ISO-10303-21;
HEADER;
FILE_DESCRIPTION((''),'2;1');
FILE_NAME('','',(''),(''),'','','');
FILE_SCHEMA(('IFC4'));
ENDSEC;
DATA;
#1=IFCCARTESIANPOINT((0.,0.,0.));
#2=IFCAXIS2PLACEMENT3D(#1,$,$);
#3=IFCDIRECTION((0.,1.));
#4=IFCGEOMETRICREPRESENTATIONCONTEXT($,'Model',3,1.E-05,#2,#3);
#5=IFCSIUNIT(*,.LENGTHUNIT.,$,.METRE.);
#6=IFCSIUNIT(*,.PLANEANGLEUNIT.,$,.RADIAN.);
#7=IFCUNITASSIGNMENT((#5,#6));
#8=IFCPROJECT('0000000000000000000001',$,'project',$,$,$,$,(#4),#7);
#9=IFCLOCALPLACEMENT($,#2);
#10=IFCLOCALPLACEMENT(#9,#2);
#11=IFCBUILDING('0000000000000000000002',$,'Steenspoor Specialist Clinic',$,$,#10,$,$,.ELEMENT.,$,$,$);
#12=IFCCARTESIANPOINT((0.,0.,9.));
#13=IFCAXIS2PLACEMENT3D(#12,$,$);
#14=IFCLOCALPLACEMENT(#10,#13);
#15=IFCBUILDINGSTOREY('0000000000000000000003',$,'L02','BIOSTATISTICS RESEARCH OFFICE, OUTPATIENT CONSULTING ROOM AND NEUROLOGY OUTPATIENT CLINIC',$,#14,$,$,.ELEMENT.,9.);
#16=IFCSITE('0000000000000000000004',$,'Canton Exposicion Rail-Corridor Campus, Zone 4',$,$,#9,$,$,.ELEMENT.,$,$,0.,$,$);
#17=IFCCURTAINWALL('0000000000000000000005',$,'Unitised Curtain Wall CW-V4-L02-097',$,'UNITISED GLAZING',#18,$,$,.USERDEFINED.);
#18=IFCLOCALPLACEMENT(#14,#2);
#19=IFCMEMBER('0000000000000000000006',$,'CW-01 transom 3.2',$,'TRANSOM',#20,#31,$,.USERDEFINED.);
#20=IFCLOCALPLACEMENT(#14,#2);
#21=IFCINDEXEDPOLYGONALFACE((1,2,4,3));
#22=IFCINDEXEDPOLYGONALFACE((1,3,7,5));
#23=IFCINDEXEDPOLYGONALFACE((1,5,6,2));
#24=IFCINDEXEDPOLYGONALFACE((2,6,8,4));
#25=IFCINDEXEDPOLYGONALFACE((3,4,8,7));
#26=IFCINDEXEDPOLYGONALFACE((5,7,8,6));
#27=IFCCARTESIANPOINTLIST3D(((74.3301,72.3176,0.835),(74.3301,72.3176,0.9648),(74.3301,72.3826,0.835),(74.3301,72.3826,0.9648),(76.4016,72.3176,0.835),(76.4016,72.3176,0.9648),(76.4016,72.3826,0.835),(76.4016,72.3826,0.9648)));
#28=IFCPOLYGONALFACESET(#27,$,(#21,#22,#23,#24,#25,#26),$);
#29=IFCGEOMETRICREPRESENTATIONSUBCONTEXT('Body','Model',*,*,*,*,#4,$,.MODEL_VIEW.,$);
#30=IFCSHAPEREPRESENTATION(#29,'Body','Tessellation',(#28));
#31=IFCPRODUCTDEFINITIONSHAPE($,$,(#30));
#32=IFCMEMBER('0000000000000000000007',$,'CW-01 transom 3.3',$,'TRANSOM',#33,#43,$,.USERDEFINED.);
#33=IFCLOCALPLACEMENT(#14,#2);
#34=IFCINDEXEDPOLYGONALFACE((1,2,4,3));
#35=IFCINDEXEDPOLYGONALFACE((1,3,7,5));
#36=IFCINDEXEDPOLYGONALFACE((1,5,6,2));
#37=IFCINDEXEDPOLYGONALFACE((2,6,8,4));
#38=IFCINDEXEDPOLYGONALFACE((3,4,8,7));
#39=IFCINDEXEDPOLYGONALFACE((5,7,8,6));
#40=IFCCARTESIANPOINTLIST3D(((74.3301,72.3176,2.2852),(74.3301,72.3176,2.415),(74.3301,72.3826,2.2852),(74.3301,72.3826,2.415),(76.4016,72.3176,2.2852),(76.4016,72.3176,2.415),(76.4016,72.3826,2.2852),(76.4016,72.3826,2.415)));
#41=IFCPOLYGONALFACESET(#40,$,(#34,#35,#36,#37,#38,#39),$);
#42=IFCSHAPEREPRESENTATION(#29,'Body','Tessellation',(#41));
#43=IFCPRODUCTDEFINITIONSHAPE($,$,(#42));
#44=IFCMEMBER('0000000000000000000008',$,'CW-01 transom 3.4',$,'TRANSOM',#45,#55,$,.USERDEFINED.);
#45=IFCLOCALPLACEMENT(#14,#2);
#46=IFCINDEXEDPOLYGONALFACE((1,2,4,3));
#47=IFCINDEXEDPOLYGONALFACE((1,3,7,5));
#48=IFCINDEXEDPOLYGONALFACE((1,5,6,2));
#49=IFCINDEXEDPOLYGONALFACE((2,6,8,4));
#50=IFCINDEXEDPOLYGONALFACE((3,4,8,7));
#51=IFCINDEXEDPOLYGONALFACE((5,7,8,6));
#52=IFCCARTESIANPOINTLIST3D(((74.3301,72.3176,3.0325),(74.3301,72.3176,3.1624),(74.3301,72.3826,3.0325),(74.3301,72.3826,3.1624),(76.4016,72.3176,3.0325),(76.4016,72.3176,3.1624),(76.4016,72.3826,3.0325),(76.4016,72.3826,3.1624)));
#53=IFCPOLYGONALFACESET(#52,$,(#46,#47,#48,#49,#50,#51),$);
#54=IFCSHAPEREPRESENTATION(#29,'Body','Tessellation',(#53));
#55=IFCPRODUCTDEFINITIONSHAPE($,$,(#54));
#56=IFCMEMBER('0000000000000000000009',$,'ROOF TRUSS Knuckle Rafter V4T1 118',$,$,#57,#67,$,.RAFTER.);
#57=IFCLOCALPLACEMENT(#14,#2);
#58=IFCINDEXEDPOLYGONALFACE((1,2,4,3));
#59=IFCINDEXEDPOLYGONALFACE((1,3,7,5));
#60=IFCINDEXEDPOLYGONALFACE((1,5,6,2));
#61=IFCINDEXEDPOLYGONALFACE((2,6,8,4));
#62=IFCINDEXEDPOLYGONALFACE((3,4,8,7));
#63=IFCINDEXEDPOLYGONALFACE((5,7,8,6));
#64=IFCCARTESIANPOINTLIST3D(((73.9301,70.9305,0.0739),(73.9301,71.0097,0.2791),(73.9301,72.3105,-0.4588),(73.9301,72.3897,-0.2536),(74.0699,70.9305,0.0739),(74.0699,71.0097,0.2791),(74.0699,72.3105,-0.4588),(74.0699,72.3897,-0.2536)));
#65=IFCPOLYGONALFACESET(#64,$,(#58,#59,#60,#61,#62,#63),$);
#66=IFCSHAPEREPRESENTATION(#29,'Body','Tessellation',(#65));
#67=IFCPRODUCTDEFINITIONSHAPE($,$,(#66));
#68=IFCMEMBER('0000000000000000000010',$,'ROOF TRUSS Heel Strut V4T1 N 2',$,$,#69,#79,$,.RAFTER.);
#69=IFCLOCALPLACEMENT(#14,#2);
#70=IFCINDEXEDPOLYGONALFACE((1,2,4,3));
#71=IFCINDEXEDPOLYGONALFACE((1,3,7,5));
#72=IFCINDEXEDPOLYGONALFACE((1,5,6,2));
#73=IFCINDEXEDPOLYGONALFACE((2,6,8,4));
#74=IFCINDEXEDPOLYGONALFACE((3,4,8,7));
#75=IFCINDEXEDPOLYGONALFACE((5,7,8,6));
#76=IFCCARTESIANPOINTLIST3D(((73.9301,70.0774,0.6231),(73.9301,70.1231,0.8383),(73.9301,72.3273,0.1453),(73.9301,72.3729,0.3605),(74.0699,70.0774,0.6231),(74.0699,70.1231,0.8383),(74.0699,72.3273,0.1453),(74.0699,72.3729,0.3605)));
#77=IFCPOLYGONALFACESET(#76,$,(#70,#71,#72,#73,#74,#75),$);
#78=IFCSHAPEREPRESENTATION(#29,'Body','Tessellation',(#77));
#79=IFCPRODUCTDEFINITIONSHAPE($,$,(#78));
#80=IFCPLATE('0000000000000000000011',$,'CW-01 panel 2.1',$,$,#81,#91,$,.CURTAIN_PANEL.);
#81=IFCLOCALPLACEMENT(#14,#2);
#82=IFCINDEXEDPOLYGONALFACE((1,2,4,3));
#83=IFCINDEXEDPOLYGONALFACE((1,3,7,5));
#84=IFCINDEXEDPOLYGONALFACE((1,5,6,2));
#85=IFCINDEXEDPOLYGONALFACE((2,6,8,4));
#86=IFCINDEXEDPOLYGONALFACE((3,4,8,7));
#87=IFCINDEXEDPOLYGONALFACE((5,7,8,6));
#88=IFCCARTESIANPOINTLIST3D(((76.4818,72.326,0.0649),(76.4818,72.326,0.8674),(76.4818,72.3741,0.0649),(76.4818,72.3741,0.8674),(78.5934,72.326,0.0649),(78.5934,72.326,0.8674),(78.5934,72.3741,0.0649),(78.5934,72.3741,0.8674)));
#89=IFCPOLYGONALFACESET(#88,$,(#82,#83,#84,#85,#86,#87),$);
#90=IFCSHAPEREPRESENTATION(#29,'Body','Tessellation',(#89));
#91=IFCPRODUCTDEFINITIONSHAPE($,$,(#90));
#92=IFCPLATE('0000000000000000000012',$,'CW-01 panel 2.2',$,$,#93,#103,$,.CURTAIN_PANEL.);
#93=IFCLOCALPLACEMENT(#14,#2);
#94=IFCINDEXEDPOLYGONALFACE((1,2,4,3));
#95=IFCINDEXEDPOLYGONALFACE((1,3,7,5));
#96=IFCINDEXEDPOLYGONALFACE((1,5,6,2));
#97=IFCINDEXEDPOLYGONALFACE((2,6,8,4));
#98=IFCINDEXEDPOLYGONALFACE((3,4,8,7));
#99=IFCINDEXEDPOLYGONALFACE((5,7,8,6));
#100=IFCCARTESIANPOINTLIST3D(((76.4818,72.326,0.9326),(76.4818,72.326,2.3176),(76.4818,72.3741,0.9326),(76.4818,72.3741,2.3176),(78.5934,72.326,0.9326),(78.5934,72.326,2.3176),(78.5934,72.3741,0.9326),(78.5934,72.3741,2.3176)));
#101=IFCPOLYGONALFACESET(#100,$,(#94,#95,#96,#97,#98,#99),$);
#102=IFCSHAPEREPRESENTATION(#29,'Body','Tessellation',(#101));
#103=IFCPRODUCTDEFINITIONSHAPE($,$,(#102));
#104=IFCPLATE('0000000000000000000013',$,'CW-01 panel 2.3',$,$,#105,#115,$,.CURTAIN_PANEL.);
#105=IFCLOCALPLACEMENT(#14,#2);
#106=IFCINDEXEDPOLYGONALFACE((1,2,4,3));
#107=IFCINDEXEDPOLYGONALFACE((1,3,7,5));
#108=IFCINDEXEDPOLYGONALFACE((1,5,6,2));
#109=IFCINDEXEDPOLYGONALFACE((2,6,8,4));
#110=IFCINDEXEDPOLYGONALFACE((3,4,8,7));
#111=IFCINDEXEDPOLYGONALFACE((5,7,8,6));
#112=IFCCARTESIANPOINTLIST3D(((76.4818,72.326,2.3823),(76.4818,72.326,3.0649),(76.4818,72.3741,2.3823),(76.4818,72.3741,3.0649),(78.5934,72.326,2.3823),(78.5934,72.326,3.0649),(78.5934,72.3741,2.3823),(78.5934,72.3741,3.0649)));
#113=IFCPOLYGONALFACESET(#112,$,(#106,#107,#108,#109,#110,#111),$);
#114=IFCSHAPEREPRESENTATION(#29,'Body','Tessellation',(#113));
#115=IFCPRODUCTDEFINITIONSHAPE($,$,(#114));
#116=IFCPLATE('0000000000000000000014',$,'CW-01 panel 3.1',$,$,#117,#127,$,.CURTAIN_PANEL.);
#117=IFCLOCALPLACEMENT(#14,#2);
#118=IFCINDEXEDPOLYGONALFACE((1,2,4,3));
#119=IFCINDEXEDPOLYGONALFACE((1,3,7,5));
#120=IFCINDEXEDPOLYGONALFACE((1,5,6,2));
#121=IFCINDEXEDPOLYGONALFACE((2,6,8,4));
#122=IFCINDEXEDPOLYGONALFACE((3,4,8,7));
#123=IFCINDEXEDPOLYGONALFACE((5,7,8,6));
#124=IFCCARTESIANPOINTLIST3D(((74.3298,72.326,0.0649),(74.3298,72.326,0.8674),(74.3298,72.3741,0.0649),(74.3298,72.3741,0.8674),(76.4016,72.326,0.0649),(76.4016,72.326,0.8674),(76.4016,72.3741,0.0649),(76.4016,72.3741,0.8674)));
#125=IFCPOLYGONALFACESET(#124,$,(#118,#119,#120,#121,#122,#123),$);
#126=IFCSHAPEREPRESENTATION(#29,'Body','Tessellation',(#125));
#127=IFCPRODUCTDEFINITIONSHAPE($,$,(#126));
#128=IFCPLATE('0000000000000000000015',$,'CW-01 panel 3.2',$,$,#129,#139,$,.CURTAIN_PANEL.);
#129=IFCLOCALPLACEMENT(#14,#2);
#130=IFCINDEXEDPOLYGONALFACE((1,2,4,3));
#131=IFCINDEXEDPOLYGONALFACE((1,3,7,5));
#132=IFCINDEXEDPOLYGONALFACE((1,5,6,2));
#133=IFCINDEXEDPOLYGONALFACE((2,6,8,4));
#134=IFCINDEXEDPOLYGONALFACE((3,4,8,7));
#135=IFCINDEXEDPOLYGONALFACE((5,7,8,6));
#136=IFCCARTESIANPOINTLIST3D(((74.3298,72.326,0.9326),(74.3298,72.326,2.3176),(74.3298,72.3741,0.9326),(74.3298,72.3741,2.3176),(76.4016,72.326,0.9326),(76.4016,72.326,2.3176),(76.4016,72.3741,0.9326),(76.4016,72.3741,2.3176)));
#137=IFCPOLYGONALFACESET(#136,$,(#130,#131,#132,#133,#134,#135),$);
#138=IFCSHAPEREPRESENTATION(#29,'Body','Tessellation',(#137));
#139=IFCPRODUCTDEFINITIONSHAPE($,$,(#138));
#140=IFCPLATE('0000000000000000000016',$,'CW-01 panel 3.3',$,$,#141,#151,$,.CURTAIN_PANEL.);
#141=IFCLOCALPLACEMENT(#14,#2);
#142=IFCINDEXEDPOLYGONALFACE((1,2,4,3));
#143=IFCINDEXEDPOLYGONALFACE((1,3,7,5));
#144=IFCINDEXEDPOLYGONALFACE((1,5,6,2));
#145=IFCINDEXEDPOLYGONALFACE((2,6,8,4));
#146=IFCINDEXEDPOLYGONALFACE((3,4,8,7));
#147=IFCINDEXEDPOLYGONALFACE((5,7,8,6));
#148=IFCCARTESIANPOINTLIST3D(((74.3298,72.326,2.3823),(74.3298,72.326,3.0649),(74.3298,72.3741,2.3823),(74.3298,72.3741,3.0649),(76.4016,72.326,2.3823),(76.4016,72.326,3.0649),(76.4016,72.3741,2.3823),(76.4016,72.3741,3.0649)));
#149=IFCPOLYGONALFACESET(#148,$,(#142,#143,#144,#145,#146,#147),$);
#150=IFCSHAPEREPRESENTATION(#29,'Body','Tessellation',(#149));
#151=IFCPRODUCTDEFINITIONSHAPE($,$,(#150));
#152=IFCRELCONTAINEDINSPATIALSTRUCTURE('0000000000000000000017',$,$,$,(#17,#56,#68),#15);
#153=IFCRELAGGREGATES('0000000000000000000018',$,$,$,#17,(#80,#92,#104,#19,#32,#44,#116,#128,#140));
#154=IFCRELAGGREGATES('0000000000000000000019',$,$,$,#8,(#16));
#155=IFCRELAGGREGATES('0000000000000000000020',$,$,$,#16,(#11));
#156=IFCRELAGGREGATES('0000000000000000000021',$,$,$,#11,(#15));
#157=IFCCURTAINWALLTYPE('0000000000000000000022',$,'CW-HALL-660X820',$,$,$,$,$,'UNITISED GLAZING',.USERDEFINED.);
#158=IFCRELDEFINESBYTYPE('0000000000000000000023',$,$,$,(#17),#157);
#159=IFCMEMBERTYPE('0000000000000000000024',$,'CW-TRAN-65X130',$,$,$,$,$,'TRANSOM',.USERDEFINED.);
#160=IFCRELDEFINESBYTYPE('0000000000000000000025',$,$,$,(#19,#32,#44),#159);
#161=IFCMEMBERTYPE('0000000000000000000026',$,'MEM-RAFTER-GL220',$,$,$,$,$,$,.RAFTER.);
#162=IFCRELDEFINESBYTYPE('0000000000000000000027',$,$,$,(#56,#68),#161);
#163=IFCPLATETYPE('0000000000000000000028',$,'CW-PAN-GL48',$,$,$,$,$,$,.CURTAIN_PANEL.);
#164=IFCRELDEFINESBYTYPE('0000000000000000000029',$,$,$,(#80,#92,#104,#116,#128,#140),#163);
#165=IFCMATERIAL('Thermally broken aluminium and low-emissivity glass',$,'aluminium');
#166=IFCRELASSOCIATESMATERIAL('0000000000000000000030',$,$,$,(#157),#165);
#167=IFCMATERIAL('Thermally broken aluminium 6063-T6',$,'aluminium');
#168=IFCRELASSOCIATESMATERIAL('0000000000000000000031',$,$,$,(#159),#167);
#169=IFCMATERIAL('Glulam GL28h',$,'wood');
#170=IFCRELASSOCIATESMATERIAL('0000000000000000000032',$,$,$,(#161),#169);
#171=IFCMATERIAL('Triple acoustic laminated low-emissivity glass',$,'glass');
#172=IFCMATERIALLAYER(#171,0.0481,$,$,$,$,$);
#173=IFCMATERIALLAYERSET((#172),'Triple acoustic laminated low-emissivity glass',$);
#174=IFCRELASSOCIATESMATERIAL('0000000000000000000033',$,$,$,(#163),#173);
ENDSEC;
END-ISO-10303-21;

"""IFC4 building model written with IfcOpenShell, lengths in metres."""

from ifc_helpers import new_model, si_unit, direction, frame, origin, origin_2d, place, context, subcontext, project, spatial, rectangle, extrude, material, layer, layer_set, material_profile, profile_set, type_object, element, aggregate, save


model = new_model("IFC4")

# Units and contexts
model_context = context("Model", 3, precision=1e-05, world=origin(), true_north=direction((0.0, 1.0)))
body_context = subcontext(model_context, "Body", "Model", "MODEL_VIEW")
ifc_project = project(units=[si_unit("LENGTHUNIT", "METRE"), si_unit("PLANEANGLEUNIT", "RADIAN")], contexts=[model_context])

# Site, building, storey
site_placement = place(None, origin())
site = spatial("IfcSite", under=ifc_project, at=site_placement, Name="Canton Exposicion Rail-Corridor Campus, Zone 4", CompositionType="ELEMENT", RefElevation=0.0)
building_placement = place(site_placement, origin())
building = spatial("IfcBuilding", under=site, at=building_placement, Name="Steenspoor Specialist Clinic", CompositionType="ELEMENT")
storey_placement = place(building_placement, frame((0.0, 0.0, 9.0)))
storey = spatial("IfcBuildingStorey", under=building, at=storey_placement, Name="L02", Description="BIOSTATISTICS RESEARCH OFFICE, OUTPATIENT CONSULTING ROOM AND NEUROLOGY OUTPATIENT CLINIC", CompositionType="ELEMENT", Elevation=9.0)

# Shared definitions
ifc_material_1 = material(Name="Thermally broken aluminium and low-emissivity glass", Category="aluminium")
ifc_material_2 = material(Name="Thermally broken aluminium 6063-T6", Category="aluminium")

# Curtain wall
curtain_wall_type_1 = type_object("IfcCurtainWallType", Name="CW-HALL-660X820", ElementType="UNITISED GLAZING", PredefinedType="USERDEFINED", material=ifc_material_1)
curtain_wall_1_placement = place(storey_placement, origin())
curtain_wall_1 = element("IfcCurtainWall", 1, at=curtain_wall_1_placement, inside=storey, type_object=curtain_wall_type_1, Name="Unitised Curtain Wall CW-V4-L02-097", ObjectType="UNITISED GLAZING", PredefinedType="USERDEFINED")

# Members
ifc_material_profile_1 = material_profile(ifc_material_2, rectangle(XDim=0.0649, YDim=0.1299, at=origin_2d()), Name="CWT-65X130")
ifc_profile_set_1 = profile_set([ifc_material_profile_1], Name="Thermally broken aluminium 6063-T6")
member_type_1 = type_object("IfcMemberType", Name="CW-TRAN-65X130", ElementType="TRANSOM", PredefinedType="USERDEFINED", material=ifc_profile_set_1)
member_1_placement = place(storey_placement, frame((76.4016, 72.3501, 0.8999), z_axis=(-1.0, 0.0, 0.0), x_axis=(0.0, -1.0, 0.0)))
member_1 = element("IfcMember", 2, at=member_1_placement, type_object=member_type_1, Name="CW-01 transom 3.2", ObjectType="TRANSOM", PredefinedType="USERDEFINED", context=body_context, shape_type="SweptSolid", body=[
    extrude(rectangle(XDim=0.0649, YDim=0.1299, at=origin_2d()), origin(), (0.0, 0.0, 1.0), 2.0715),
])
member_2_placement = place(storey_placement, frame((76.4016, 72.3501, 2.3501), z_axis=(-1.0, 0.0, 0.0), x_axis=(0.0, -1.0, 0.0)))
member_2 = element("IfcMember", 3, at=member_2_placement, type_object=member_type_1, Name="CW-01 transom 3.3", ObjectType="TRANSOM", PredefinedType="USERDEFINED", context=body_context, shape_type="SweptSolid", body=[
    extrude(rectangle(XDim=0.0649, YDim=0.1299, at=origin_2d()), origin(), (0.0, 0.0, 1.0), 2.0715),
])
member_3_placement = place(storey_placement, frame((76.4016, 72.3501, 3.0974), z_axis=(-1.0, 0.0, 0.0), x_axis=(0.0, -1.0, 0.0)))
member_3 = element("IfcMember", 4, at=member_3_placement, type_object=member_type_1, Name="CW-01 transom 3.4", ObjectType="TRANSOM", PredefinedType="USERDEFINED", context=body_context, shape_type="SweptSolid", body=[
    extrude(rectangle(XDim=0.0649, YDim=0.1299, at=origin_2d()), origin(), (0.0, 0.0, 1.0), 2.0715),
])

# Members
ifc_material_3 = material(Name="Glulam GL28h", Category="wood")
ifc_material_profile_2 = material_profile(ifc_material_3, rectangle(XDim=0.1399, YDim=0.22, at=origin_2d()), Name="GL28H-140X220")
ifc_profile_set_2 = profile_set([ifc_material_profile_2], Name="Glulam GL28h")
member_type_2 = type_object("IfcMemberType", Name="MEM-RAFTER-GL220", PredefinedType="RAFTER", material=ifc_profile_set_2)
member_4_placement = place(storey_placement, frame((74.0, 72.3501, -0.3562), z_axis=(0.0, -0.932915, 0.360096), x_axis=(1.0, 0.0, 0.0)))
element("IfcMember", 5, at=member_4_placement, inside=storey, type_object=member_type_2, Name="ROOF TRUSS Knuckle Rafter V4T1 118", PredefinedType="RAFTER", context=body_context, shape_type="SweptSolid", body=[
    extrude(rectangle(XDim=0.1399, YDim=0.22, at=origin_2d()), origin(), (0.0, 0.0, 1.0), 1.4792),
])
member_5_placement = place(storey_placement, frame((74.0, 72.3501, 0.2529), z_axis=(0.0, -0.978189, 0.207717), x_axis=(1.0, 0.0, 0.0)))
element("IfcMember", 6, at=member_5_placement, inside=storey, type_object=member_type_2, Name="ROOF TRUSS Heel Strut V4T1 N 2", PredefinedType="RAFTER", context=body_context, shape_type="SweptSolid", body=[
    extrude(rectangle(XDim=0.1399, YDim=0.22, at=origin_2d()), origin(), (0.0, 0.0, 1.0), 2.3),
])

# Plates
ifc_material_4 = material(Name="Triple acoustic laminated low-emissivity glass", Category="glass")
ifc_layer = layer(ifc_material_4, 0.0481)
ifc_layer_set = layer_set([ifc_layer], Name="Triple acoustic laminated low-emissivity glass")
plate_type = type_object("IfcPlateType", Name="CW-PAN-GL48", PredefinedType="CURTAIN_PANEL", material=ifc_layer_set)
plate_1_placement = place(storey_placement, frame((77.5376, 72.3501, 0.0649), z_axis=(0.0, 0.0, 1.0), x_axis=(-1.0, 0.0, 0.0)))
plate_1 = element("IfcPlate", 7, at=plate_1_placement, type_object=plate_type, Name="CW-01 panel 2.1", PredefinedType="CURTAIN_PANEL", context=body_context, shape_type="SweptSolid", body=[
    extrude(rectangle(XDim=2.1116, YDim=0.0481, at=origin_2d()), origin(), (0.0, 0.0, 1.0), 0.8025),
])
plate_2_placement = place(storey_placement, frame((77.5376, 72.3501, 0.9326), z_axis=(0.0, 0.0, 1.0), x_axis=(-1.0, 0.0, 0.0)))
plate_2 = element("IfcPlate", 8, at=plate_2_placement, type_object=plate_type, Name="CW-01 panel 2.2", PredefinedType="CURTAIN_PANEL", context=body_context, shape_type="SweptSolid", body=[
    extrude(rectangle(XDim=2.1116, YDim=0.0481, at=origin_2d()), origin(), (0.0, 0.0, 1.0), 1.385),
])
plate_3_placement = place(storey_placement, frame((77.5376, 72.3501, 2.3823), z_axis=(0.0, 0.0, 1.0), x_axis=(-1.0, 0.0, 0.0)))
plate_3 = element("IfcPlate", 9, at=plate_3_placement, type_object=plate_type, Name="CW-01 panel 2.3", PredefinedType="CURTAIN_PANEL", context=body_context, shape_type="SweptSolid", body=[
    extrude(rectangle(XDim=2.1116, YDim=0.0481, at=origin_2d()), origin(), (0.0, 0.0, 1.0), 0.6826),
])
plate_4_placement = place(storey_placement, frame((75.3657, 72.3501, 0.0649), z_axis=(0.0, 0.0, 1.0), x_axis=(-1.0, 0.0, 0.0)))
plate_4 = element("IfcPlate", 10, at=plate_4_placement, type_object=plate_type, Name="CW-01 panel 3.1", PredefinedType="CURTAIN_PANEL", context=body_context, shape_type="SweptSolid", body=[
    extrude(rectangle(XDim=2.0718, YDim=0.0481, at=origin_2d()), origin(), (0.0, 0.0, 1.0), 0.8025),
])
plate_5_placement = place(storey_placement, frame((75.3657, 72.3501, 0.9326), z_axis=(0.0, 0.0, 1.0), x_axis=(-1.0, 0.0, 0.0)))
plate_5 = element("IfcPlate", 11, at=plate_5_placement, type_object=plate_type, Name="CW-01 panel 3.2", PredefinedType="CURTAIN_PANEL", context=body_context, shape_type="SweptSolid", body=[
    extrude(rectangle(XDim=2.0718, YDim=0.0481, at=origin_2d()), origin(), (0.0, 0.0, 1.0), 1.385),
])
plate_6_placement = place(storey_placement, frame((75.3657, 72.3501, 2.3823), z_axis=(0.0, 0.0, 1.0), x_axis=(-1.0, 0.0, 0.0)))
plate_6 = element("IfcPlate", 12, at=plate_6_placement, type_object=plate_type, Name="CW-01 panel 3.3", PredefinedType="CURTAIN_PANEL", context=body_context, shape_type="SweptSolid", body=[
    extrude(rectangle(XDim=2.0718, YDim=0.0481, at=origin_2d()), origin(), (0.0, 0.0, 1.0), 0.6826),
])
aggregate(curtain_wall_1, [plate_1, plate_2, plate_3, member_1, member_2, member_3, plate_4, plate_5, plate_6])

save(model, "model.ifc")
